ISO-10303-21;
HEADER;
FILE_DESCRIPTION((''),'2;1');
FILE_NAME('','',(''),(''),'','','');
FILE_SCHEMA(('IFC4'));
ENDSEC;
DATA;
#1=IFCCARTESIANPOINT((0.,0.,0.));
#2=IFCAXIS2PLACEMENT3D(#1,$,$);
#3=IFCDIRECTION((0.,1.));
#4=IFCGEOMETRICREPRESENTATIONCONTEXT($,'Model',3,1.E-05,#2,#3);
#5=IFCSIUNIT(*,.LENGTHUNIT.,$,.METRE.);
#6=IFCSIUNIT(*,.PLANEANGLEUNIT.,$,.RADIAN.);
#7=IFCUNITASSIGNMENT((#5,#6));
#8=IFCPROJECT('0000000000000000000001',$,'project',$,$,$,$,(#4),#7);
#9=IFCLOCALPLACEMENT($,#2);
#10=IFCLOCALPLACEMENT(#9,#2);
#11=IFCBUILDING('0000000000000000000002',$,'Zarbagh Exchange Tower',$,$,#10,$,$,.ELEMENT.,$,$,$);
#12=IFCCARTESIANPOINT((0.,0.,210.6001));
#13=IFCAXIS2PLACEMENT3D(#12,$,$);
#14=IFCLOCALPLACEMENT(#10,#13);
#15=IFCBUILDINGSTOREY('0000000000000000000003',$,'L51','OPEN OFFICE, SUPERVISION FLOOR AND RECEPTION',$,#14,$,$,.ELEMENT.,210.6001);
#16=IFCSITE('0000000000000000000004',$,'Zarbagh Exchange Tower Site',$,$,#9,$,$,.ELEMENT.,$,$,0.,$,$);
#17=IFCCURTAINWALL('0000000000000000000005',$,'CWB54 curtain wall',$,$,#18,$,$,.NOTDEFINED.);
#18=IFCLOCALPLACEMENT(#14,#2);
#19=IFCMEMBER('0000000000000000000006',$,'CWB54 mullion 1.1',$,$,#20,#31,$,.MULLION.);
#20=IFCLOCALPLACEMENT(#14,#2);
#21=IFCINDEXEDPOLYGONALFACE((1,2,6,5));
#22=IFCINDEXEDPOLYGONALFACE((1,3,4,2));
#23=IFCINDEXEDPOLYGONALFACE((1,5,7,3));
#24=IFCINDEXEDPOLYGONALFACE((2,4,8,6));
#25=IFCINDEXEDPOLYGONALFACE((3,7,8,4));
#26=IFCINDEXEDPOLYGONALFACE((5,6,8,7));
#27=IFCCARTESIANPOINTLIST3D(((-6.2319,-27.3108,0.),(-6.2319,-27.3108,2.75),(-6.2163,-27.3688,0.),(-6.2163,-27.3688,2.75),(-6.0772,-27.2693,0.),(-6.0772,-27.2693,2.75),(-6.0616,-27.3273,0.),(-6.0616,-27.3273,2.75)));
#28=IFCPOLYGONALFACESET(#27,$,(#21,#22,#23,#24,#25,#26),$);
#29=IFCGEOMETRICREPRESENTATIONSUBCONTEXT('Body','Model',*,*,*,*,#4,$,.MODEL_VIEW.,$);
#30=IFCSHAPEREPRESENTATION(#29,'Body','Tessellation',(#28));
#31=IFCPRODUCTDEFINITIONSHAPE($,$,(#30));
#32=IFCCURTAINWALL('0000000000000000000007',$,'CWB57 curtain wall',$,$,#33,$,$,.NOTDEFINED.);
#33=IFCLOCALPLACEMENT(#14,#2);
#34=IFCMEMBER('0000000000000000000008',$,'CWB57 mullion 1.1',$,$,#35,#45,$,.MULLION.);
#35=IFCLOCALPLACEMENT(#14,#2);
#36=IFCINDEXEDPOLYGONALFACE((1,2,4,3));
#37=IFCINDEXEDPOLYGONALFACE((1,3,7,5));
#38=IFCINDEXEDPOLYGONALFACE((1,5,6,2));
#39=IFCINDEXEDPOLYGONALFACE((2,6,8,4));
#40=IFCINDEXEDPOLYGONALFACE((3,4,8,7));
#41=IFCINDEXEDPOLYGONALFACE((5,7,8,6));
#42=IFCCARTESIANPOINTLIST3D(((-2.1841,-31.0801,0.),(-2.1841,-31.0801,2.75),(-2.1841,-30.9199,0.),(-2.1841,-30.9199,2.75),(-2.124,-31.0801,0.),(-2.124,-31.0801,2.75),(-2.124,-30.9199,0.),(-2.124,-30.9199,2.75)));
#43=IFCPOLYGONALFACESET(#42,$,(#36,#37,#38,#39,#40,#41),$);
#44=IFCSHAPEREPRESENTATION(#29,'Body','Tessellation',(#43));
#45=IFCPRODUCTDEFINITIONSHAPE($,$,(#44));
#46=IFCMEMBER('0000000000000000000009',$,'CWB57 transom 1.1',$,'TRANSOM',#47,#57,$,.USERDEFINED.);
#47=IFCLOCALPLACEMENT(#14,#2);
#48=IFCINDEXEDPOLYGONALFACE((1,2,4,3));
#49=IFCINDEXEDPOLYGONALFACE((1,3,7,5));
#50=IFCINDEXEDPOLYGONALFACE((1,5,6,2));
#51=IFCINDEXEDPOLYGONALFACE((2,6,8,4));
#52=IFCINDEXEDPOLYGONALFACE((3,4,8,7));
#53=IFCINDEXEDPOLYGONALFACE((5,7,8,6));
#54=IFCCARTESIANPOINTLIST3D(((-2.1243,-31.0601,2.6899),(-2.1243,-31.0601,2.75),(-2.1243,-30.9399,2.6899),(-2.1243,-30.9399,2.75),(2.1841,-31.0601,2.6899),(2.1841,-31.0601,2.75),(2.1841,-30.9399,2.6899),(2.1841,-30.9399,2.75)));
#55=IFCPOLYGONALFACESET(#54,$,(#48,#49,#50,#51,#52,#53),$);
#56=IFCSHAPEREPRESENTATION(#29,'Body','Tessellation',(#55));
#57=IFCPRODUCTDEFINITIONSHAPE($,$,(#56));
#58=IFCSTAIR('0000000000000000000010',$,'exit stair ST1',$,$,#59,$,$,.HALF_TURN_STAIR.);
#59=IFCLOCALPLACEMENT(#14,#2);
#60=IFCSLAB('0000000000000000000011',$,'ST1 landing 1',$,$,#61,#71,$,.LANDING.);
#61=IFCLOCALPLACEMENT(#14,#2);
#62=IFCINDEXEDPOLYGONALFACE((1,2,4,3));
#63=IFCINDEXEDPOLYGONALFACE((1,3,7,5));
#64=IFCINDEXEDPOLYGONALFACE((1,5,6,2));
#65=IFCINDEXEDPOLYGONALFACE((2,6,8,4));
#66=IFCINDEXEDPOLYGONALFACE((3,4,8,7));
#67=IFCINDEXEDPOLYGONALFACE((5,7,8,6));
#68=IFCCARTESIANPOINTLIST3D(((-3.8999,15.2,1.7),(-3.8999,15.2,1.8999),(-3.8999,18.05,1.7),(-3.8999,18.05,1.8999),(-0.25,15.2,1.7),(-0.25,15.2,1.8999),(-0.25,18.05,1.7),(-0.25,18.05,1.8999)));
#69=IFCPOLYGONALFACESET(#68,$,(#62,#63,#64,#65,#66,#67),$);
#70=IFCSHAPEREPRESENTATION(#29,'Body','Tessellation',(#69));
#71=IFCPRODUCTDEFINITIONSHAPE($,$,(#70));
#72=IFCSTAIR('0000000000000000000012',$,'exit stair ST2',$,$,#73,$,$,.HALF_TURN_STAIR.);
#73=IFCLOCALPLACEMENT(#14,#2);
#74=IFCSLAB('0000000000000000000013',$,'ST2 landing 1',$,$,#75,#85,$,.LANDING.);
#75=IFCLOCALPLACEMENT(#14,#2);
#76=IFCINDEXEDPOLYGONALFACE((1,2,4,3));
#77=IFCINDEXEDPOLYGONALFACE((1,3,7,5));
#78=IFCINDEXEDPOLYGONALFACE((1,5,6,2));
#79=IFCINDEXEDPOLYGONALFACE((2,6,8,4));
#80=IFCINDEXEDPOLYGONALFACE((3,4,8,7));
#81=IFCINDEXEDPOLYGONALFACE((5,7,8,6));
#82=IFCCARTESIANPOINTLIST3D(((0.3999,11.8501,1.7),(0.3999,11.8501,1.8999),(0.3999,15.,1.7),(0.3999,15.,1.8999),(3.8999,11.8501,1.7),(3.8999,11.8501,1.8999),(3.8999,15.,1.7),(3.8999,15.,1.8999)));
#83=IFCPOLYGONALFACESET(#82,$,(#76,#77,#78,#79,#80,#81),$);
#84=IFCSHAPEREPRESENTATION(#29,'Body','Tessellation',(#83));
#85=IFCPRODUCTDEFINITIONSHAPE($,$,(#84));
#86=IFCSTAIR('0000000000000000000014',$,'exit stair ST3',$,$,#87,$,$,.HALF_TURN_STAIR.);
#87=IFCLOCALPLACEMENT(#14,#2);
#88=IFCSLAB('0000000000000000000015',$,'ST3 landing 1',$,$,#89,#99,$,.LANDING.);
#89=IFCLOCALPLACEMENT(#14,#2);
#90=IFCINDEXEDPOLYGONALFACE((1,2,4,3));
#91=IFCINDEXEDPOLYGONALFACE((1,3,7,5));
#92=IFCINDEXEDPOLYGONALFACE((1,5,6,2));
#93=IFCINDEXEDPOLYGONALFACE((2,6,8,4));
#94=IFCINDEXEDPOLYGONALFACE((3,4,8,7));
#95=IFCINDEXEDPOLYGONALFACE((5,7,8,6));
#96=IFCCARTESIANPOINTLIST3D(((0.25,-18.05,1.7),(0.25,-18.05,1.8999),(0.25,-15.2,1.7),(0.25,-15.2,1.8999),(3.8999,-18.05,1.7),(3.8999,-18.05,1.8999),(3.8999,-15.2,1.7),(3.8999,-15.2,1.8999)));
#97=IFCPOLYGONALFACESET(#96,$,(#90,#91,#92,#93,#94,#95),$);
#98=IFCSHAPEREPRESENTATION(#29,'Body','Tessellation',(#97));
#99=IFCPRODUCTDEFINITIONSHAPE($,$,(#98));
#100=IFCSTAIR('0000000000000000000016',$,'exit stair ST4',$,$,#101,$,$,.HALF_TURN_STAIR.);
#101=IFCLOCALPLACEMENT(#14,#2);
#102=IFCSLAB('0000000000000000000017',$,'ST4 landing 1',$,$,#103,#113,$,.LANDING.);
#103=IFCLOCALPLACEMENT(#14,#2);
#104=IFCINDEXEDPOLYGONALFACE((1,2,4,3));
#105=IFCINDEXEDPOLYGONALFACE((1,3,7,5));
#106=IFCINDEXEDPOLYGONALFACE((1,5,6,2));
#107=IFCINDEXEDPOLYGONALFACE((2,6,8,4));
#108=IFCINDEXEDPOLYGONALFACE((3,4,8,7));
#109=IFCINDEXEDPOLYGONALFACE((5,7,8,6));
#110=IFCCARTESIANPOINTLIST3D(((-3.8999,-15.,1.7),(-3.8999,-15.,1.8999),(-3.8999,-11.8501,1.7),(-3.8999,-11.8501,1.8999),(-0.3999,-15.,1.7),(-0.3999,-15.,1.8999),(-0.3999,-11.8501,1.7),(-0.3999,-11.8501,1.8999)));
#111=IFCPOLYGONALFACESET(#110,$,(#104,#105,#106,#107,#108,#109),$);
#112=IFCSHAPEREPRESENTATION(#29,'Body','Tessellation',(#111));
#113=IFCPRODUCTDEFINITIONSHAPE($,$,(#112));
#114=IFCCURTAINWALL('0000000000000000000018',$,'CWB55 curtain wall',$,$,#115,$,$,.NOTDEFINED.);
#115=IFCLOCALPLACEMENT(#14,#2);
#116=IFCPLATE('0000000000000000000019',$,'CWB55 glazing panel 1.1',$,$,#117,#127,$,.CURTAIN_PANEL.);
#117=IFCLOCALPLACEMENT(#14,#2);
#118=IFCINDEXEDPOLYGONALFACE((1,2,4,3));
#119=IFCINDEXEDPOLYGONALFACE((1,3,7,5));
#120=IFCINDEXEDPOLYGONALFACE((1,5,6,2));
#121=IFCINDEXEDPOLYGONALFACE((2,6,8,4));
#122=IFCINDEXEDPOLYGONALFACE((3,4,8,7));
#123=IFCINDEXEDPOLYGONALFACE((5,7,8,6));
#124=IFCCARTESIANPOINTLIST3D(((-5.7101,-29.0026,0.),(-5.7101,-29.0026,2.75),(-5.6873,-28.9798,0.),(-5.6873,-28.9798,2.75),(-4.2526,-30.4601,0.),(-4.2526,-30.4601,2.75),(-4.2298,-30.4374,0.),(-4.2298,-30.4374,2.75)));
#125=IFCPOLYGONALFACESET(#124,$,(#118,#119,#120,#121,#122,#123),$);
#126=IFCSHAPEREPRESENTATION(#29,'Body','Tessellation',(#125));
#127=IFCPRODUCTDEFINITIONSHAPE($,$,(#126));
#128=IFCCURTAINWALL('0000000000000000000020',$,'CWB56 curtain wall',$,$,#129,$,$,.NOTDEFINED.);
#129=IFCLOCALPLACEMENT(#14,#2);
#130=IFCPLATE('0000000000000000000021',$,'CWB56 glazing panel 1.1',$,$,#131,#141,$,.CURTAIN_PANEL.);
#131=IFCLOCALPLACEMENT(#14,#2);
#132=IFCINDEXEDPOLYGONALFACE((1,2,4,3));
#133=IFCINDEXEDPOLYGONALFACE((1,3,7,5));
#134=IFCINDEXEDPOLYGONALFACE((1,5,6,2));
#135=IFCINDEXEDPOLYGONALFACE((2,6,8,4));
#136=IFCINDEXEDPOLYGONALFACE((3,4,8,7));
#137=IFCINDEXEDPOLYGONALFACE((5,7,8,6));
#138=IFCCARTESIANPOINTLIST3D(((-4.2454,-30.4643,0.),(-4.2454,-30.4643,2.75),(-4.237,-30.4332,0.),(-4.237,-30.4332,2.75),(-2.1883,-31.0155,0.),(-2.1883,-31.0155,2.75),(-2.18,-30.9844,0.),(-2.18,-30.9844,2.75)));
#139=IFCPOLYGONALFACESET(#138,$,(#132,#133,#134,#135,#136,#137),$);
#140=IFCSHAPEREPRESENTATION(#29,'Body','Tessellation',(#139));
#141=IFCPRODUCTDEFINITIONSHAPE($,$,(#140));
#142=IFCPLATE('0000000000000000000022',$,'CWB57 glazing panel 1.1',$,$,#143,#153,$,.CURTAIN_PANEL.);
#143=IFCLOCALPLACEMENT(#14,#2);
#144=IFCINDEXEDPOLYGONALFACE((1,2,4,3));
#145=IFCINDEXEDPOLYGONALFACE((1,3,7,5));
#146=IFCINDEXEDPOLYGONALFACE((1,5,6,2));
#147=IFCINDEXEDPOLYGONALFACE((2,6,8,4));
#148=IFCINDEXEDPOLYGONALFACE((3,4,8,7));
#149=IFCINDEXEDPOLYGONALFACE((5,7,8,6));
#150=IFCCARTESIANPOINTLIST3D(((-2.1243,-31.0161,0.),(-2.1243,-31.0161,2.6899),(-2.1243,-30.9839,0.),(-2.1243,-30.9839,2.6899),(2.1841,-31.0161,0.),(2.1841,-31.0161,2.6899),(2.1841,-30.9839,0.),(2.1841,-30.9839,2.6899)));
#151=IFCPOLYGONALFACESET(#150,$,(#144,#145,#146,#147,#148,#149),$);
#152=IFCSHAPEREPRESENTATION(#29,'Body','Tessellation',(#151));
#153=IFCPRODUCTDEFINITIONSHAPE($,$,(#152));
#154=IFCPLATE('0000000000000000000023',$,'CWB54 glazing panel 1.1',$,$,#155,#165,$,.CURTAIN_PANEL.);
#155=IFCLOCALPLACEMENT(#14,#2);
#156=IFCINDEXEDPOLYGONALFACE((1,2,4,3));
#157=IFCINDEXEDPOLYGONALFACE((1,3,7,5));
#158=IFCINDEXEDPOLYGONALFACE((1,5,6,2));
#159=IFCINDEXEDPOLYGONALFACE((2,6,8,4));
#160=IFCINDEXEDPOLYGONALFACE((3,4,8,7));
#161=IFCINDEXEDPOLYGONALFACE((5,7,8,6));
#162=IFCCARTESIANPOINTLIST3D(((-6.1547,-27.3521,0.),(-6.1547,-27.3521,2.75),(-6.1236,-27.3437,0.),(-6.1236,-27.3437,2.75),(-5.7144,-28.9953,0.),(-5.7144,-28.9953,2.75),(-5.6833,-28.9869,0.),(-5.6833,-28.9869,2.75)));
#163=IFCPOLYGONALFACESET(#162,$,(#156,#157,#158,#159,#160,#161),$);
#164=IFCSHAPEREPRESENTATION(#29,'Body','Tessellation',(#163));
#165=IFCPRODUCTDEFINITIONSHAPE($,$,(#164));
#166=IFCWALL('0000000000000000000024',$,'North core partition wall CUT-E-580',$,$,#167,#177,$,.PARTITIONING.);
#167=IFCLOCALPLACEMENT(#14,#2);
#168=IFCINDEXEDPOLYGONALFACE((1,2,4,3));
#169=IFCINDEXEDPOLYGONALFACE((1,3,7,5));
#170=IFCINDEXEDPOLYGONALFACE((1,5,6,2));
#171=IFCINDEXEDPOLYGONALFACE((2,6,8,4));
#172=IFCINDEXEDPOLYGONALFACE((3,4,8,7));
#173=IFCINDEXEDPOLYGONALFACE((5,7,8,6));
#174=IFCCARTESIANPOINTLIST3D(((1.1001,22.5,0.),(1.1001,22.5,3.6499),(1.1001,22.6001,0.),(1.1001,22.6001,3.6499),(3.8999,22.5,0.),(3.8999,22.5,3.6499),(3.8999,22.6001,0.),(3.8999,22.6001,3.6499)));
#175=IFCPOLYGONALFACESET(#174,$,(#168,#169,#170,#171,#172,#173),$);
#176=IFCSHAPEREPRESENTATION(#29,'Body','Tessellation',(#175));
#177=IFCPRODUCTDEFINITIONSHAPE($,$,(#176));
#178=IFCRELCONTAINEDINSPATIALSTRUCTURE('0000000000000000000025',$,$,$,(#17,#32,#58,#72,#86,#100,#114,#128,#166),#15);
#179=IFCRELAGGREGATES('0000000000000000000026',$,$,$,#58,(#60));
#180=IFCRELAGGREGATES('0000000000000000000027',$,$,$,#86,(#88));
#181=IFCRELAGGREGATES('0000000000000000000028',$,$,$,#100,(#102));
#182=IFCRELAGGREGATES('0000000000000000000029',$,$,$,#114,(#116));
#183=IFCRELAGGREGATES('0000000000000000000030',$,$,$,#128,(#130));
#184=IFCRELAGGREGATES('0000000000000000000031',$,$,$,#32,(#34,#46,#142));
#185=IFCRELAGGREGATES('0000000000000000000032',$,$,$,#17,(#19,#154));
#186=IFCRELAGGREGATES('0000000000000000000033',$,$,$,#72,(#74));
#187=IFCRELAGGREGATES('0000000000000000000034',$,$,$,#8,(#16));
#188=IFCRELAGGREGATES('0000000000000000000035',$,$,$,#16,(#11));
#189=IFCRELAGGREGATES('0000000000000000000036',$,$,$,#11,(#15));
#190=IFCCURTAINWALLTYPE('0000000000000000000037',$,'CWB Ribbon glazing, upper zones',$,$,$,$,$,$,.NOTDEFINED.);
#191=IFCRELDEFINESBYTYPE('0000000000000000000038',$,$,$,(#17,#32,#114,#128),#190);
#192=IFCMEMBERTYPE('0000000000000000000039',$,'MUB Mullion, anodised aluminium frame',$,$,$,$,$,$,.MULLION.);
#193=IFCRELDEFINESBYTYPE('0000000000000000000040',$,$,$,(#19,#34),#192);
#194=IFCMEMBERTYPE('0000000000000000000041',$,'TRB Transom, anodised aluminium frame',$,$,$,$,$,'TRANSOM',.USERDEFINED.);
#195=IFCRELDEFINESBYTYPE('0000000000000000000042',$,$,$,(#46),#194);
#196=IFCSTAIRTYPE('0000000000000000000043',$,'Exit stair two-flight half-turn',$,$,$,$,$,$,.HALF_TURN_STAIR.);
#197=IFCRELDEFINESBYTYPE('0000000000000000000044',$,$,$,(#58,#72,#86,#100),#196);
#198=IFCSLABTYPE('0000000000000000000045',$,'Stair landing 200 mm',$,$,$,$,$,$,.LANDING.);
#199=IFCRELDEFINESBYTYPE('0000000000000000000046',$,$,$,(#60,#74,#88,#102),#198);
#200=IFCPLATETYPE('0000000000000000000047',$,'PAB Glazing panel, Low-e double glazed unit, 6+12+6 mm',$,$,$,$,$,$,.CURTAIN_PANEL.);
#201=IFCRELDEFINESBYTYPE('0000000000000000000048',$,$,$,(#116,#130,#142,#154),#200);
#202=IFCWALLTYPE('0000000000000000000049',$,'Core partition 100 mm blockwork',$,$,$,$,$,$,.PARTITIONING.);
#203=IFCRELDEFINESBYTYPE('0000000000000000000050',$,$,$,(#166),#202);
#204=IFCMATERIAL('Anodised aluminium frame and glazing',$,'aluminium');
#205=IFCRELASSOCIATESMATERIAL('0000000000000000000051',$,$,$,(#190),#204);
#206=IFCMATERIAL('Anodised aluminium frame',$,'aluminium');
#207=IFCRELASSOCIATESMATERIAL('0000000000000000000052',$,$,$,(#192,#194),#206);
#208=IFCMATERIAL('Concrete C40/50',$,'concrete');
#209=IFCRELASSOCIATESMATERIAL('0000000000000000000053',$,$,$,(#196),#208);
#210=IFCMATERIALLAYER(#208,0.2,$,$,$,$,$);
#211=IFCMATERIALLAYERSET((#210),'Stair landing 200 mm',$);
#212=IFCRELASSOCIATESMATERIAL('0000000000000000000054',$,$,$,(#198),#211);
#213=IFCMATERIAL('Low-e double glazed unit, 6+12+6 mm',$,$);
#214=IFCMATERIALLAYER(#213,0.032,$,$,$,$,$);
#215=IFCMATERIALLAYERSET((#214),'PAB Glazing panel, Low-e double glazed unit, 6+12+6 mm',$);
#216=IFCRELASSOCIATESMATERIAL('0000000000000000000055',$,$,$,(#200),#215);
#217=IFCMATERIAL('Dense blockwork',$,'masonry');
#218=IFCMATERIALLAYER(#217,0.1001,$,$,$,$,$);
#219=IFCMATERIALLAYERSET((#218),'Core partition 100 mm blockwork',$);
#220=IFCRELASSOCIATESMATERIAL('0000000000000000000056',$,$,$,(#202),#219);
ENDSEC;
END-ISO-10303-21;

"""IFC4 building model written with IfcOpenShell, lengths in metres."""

from ifc_helpers import new_model, si_unit, direction, frame, frame_2d, origin, place, context, subcontext, project, spatial, polyline, rectangle, outline, extrude, source, transform, mapped, material, layer, layer_set, type_object, element, aggregate, save


model = new_model("IFC4")

# Units and contexts
model_context = context("Model", 3, precision=1e-05, world=origin(), true_north=direction((0.0, 1.0)))
body_context = subcontext(model_context, "Body", "Model", "MODEL_VIEW")
ifc_project = project(units=[si_unit("LENGTHUNIT", "METRE"), si_unit("PLANEANGLEUNIT", "RADIAN")], contexts=[model_context])

# Site, building, storey
site_placement = place(None, origin())
site = spatial("IfcSite", under=ifc_project, at=site_placement, Name="Zarbagh Exchange Tower Site", CompositionType="ELEMENT", RefElevation=0.0)
building_placement = place(site_placement, origin())
building = spatial("IfcBuilding", under=site, at=building_placement, Name="Zarbagh Exchange Tower", CompositionType="ELEMENT")
storey_placement = place(building_placement, frame((0.0, 0.0, 210.6001)))
storey = spatial("IfcBuildingStorey", under=building, at=storey_placement, Name="L51", Description="OPEN OFFICE, SUPERVISION FLOOR AND RECEPTION", CompositionType="ELEMENT", Elevation=210.6001)

# Curtain wall, member
ifc_material_1 = material(Name="Anodised aluminium frame and glazing", Category="aluminium")
curtain_wall_type = type_object("IfcCurtainWallType", Name="CWB Ribbon glazing, upper zones", PredefinedType="NOTDEFINED", material=ifc_material_1)
curtain_wall_1_placement = place(storey_placement, origin())
curtain_wall_1 = element("IfcCurtainWall", 1, at=curtain_wall_1_placement, inside=storey, type_object=curtain_wall_type, Name="CWB54 curtain wall", PredefinedType="NOTDEFINED")
ifc_material_2 = material(Name="Anodised aluminium frame", Category="aluminium")
member_type_1 = type_object("IfcMemberType", Name="MUB Mullion, anodised aluminium frame", PredefinedType="MULLION", material=ifc_material_2)
shared_shape_1 = source(origin(), body_context, "Body", "SweptSolid", [
    extrude(outline(polyline([(0.0, -0.0801), (0.0601, -0.0801), (0.0601, 0.0801), (0.0, 0.0801), (0.0, -0.0801)])), origin(), (0.0, 0.0, 1.0), 2.75),
])
placement = place(storey_placement, origin())
member_1 = element("IfcMember", 2, at=placement, type_object=member_type_1, Name="CWB54 mullion 1.1", PredefinedType="MULLION", context=body_context, shape_type="MappedRepresentation", body=[
    mapped(shared_shape_1, transform((-6.1545, -27.29, 0.0), x_axis=(0.258825, -0.965924, 0.0), y_axis=(0.965924, 0.258825, 0.0), z_axis=(0.0, 0.0, 1.0))),
])

# Curtain wall, members
curtain_wall_2_placement = place(storey_placement, origin())
curtain_wall_2 = element("IfcCurtainWall", 3, at=curtain_wall_2_placement, inside=storey, type_object=curtain_wall_type, Name="CWB57 curtain wall", PredefinedType="NOTDEFINED")
member_2 = element("IfcMember", 4, at=placement, type_object=member_type_1, Name="CWB57 mullion 1.1", PredefinedType="MULLION", context=body_context, shape_type="MappedRepresentation", body=[
    mapped(shared_shape_1, transform((-2.1841, -31.0, 0.0), x_axis=(1.0, 0.0, 0.0), y_axis=(0.0, 1.0, 0.0), z_axis=(0.0, 0.0, 1.0))),
])
member_type_2 = type_object("IfcMemberType", Name="TRB Transom, anodised aluminium frame", ElementType="TRANSOM", PredefinedType="USERDEFINED", material=ifc_material_2)
shared_shape_2 = source(origin(), body_context, "Body", "SweptSolid", [
    extrude(outline(polyline([(-0.0601, -0.0601), (0.0, -0.0601), (0.0, 0.0601), (-0.0601, 0.0601), (-0.0601, -0.0601)])), origin(), (0.0, 0.0, 1.0), 4.3083),
])
member_3 = element("IfcMember", 5, at=placement, type_object=member_type_2, Name="CWB57 transom 1.1", ObjectType="TRANSOM", PredefinedType="USERDEFINED", context=body_context, shape_type="MappedRepresentation", body=[
    mapped(shared_shape_2, transform((-2.1243, -31.0, 2.75), x_axis=(0.0, 0.0, 1.0), y_axis=(0.0, -1.0, 0.0), z_axis=(1.0, 0.0, 0.0))),
])

# Stairs, slabs
ifc_material_3 = material(Name="Concrete C40/50", Category="concrete")
stair_type = type_object("IfcStairType", Name="Exit stair two-flight half-turn", PredefinedType="HALF_TURN_STAIR", material=ifc_material_3)
stair_1_placement = place(storey_placement, origin())
stair_1 = element("IfcStair", 6, at=stair_1_placement, inside=storey, type_object=stair_type, Name="exit stair ST1", PredefinedType="HALF_TURN_STAIR")
ifc_layer_1 = layer(ifc_material_3, 0.2)
ifc_layer_set_1 = layer_set([ifc_layer_1], Name="Stair landing 200 mm")
slab_type = type_object("IfcSlabType", Name="Stair landing 200 mm", PredefinedType="LANDING", material=ifc_layer_set_1)
slab_1_placement = place(storey_placement, frame((0.0, 0.0, 1.7)))
slab_1 = element("IfcSlab", 7, at=slab_1_placement, type_object=slab_type, Name="ST1 landing 1", PredefinedType="LANDING", context=body_context, shape_type="SweptSolid", body=[
    extrude(outline(polyline([(-0.25, 18.05), (-3.8999, 18.05), (-3.8999, 15.2), (-0.25, 15.2), (-0.25, 18.05)])), origin(), (0.0, 0.0, 1.0), 0.2),
])
aggregate(stair_1, [slab_1])
stair_2_placement = place(storey_placement, origin())
stair_2 = element("IfcStair", 8, at=stair_2_placement, inside=storey, type_object=stair_type, Name="exit stair ST2", PredefinedType="HALF_TURN_STAIR")
slab_2_placement = place(storey_placement, frame((0.0, 0.0, 1.7)))
slab_2 = element("IfcSlab", 9, at=slab_2_placement, type_object=slab_type, Name="ST2 landing 1", PredefinedType="LANDING", context=body_context, shape_type="SweptSolid", body=[
    extrude(outline(polyline([(0.3999, 11.8501), (3.8999, 11.8501), (3.8999, 15.0), (0.3999, 15.0), (0.3999, 11.8501)])), origin(), (0.0, 0.0, 1.0), 0.2),
])
stair_3_placement = place(storey_placement, origin())
stair_3 = element("IfcStair", 10, at=stair_3_placement, inside=storey, type_object=stair_type, Name="exit stair ST3", PredefinedType="HALF_TURN_STAIR")
slab_3_placement = place(storey_placement, frame((0.0, 0.0, 1.7)))
slab_3 = element("IfcSlab", 11, at=slab_3_placement, type_object=slab_type, Name="ST3 landing 1", PredefinedType="LANDING", context=body_context, shape_type="SweptSolid", body=[
    extrude(outline(polyline([(0.25, -18.05), (3.8999, -18.05), (3.8999, -15.2), (0.25, -15.2), (0.25, -18.05)])), origin(), (0.0, 0.0, 1.0), 0.2),
])
aggregate(stair_3, [slab_3])
stair_4_placement = place(storey_placement, origin())
stair_4 = element("IfcStair", 12, at=stair_4_placement, inside=storey, type_object=stair_type, Name="exit stair ST4", PredefinedType="HALF_TURN_STAIR")
slab_4_placement = place(storey_placement, frame((0.0, 0.0, 1.7)))
slab_4 = element("IfcSlab", 13, at=slab_4_placement, type_object=slab_type, Name="ST4 landing 1", PredefinedType="LANDING", context=body_context, shape_type="SweptSolid", body=[
    extrude(outline(polyline([(-0.3999, -11.8501), (-3.8999, -11.8501), (-3.8999, -15.0), (-0.3999, -15.0), (-0.3999, -11.8501)])), origin(), (0.0, 0.0, 1.0), 0.2),
])
aggregate(stair_4, [slab_4])

# Curtain walls, plates
curtain_wall_3_placement = place(storey_placement, origin())
curtain_wall_3 = element("IfcCurtainWall", 14, at=curtain_wall_3_placement, inside=storey, type_object=curtain_wall_type, Name="CWB55 curtain wall", PredefinedType="NOTDEFINED")
ifc_material_4 = material(Name="Low-e double glazed unit, 6+12+6 mm")
ifc_layer_2 = layer(ifc_material_4, 0.032)
ifc_layer_set_2 = layer_set([ifc_layer_2], Name="PAB Glazing panel, Low-e double glazed unit, 6+12+6 mm")
plate_type = type_object("IfcPlateType", Name="PAB Glazing panel, Low-e double glazed unit, 6+12+6 mm", PredefinedType="CURTAIN_PANEL", material=ifc_layer_set_2)
shared_shape_3 = source(origin(), body_context, "Body", "SweptSolid", [
    extrude(outline(polyline([(0.0, -0.0161), (2.0613, -0.0161), (2.0613, 0.0161), (0.0, 0.0161), (0.0, -0.0161)])), origin(), (0.0, 0.0, 1.0), 2.75),
])
plate_1 = element("IfcPlate", 15, at=placement, type_object=plate_type, Name="CWB55 glazing panel 1.1", PredefinedType="CURTAIN_PANEL", context=body_context, shape_type="MappedRepresentation", body=[
    mapped(shared_shape_3, transform((-5.6987, -28.9912, 0.0), x_axis=(0.707107, -0.707107, 0.0), y_axis=(0.707107, 0.707107, 0.0), z_axis=(0.0, 0.0, 1.0))),
])
aggregate(curtain_wall_3, [plate_1])
curtain_wall_4_placement = place(storey_placement, origin())
curtain_wall_4 = element("IfcCurtainWall", 16, at=curtain_wall_4_placement, inside=storey, type_object=curtain_wall_type, Name="CWB56 curtain wall", PredefinedType="NOTDEFINED")
shared_shape_4 = source(origin(), body_context, "Body", "SweptSolid", [
    extrude(outline(polyline([(0.0, -0.0161), (2.1296, -0.0161), (2.1296, 0.0161), (0.0, 0.0161), (0.0, -0.0161)])), origin(), (0.0, 0.0, 1.0), 2.75),
])
plate_2 = element("IfcPlate", 17, at=placement, type_object=plate_type, Name="CWB56 glazing panel 1.1", PredefinedType="CURTAIN_PANEL", context=body_context, shape_type="MappedRepresentation", body=[
    mapped(shared_shape_4, transform((-4.2412, -30.4487, 0.0), x_axis=(0.965924, -0.258825, 0.0), y_axis=(0.258825, 0.965924, 0.0), z_axis=(0.0, 0.0, 1.0))),
])
aggregate(curtain_wall_4, [plate_2])

# Plates
shared_shape_5 = source(origin(), body_context, "Body", "SweptSolid", [
    extrude(outline(polyline([(0.0, -0.0161), (4.3083, -0.0161), (4.3083, 0.0161), (0.0, 0.0161), (0.0, -0.0161)])), origin(), (0.0, 0.0, 1.0), 2.6899),
])
plate_3 = element("IfcPlate", 18, at=placement, type_object=plate_type, Name="CWB57 glazing panel 1.1", PredefinedType="CURTAIN_PANEL", context=body_context, shape_type="MappedRepresentation", body=[
    mapped(shared_shape_5, transform((-2.1243, -31.0, 0.0), x_axis=(1.0, 0.0, 0.0), y_axis=(0.0, 1.0, 0.0), z_axis=(0.0, 0.0, 1.0))),
])
aggregate(curtain_wall_2, [member_2, member_3, plate_3])
shared_shape_6 = source(origin(), body_context, "Body", "SweptSolid", [
    extrude(outline(polyline([(0.0, -0.0161), (1.7012, -0.0161), (1.7012, 0.0161), (0.0, 0.0161), (0.0, -0.0161)])), origin(), (0.0, 0.0, 1.0), 2.75),
])
plate_4 = element("IfcPlate", 19, at=placement, type_object=plate_type, Name="CWB54 glazing panel 1.1", PredefinedType="CURTAIN_PANEL", context=body_context, shape_type="MappedRepresentation", body=[
    mapped(shared_shape_6, transform((-6.1392, -27.3479, 0.0), x_axis=(0.258825, -0.965924, 0.0), y_axis=(0.965924, 0.258825, 0.0), z_axis=(0.0, 0.0, 1.0))),
])
aggregate(curtain_wall_1, [member_1, plate_4])

# Wall
ifc_material_5 = material(Name="Dense blockwork", Category="masonry")
ifc_layer_3 = layer(ifc_material_5, 0.1001)
ifc_layer_set_3 = layer_set([ifc_layer_3], Name="Core partition 100 mm blockwork")
wall_type_1 = type_object("IfcWallType", Name="Core partition 100 mm blockwork", PredefinedType="PARTITIONING", material=ifc_layer_set_3)
wall_1_placement = place(storey_placement, frame((1.1001, 22.55, 0.0), z_axis=(0.0, 0.0, 1.0), x_axis=(1.0, 0.0, 0.0)))
element("IfcWall", 20, at=wall_1_placement, inside=storey, type_object=wall_type_1, Name="North core partition wall CUT-E-580", PredefinedType="PARTITIONING", context=body_context, shape_type="SweptSolid", body=[
    extrude(rectangle(XDim=2.7998, YDim=0.1001, at=frame_2d((1.3999, 0.0))), origin(), (0.0, 0.0, 1.0), 3.6499),
])

aggregate(stair_2, [slab_2])

save(model, "model.ifc")
